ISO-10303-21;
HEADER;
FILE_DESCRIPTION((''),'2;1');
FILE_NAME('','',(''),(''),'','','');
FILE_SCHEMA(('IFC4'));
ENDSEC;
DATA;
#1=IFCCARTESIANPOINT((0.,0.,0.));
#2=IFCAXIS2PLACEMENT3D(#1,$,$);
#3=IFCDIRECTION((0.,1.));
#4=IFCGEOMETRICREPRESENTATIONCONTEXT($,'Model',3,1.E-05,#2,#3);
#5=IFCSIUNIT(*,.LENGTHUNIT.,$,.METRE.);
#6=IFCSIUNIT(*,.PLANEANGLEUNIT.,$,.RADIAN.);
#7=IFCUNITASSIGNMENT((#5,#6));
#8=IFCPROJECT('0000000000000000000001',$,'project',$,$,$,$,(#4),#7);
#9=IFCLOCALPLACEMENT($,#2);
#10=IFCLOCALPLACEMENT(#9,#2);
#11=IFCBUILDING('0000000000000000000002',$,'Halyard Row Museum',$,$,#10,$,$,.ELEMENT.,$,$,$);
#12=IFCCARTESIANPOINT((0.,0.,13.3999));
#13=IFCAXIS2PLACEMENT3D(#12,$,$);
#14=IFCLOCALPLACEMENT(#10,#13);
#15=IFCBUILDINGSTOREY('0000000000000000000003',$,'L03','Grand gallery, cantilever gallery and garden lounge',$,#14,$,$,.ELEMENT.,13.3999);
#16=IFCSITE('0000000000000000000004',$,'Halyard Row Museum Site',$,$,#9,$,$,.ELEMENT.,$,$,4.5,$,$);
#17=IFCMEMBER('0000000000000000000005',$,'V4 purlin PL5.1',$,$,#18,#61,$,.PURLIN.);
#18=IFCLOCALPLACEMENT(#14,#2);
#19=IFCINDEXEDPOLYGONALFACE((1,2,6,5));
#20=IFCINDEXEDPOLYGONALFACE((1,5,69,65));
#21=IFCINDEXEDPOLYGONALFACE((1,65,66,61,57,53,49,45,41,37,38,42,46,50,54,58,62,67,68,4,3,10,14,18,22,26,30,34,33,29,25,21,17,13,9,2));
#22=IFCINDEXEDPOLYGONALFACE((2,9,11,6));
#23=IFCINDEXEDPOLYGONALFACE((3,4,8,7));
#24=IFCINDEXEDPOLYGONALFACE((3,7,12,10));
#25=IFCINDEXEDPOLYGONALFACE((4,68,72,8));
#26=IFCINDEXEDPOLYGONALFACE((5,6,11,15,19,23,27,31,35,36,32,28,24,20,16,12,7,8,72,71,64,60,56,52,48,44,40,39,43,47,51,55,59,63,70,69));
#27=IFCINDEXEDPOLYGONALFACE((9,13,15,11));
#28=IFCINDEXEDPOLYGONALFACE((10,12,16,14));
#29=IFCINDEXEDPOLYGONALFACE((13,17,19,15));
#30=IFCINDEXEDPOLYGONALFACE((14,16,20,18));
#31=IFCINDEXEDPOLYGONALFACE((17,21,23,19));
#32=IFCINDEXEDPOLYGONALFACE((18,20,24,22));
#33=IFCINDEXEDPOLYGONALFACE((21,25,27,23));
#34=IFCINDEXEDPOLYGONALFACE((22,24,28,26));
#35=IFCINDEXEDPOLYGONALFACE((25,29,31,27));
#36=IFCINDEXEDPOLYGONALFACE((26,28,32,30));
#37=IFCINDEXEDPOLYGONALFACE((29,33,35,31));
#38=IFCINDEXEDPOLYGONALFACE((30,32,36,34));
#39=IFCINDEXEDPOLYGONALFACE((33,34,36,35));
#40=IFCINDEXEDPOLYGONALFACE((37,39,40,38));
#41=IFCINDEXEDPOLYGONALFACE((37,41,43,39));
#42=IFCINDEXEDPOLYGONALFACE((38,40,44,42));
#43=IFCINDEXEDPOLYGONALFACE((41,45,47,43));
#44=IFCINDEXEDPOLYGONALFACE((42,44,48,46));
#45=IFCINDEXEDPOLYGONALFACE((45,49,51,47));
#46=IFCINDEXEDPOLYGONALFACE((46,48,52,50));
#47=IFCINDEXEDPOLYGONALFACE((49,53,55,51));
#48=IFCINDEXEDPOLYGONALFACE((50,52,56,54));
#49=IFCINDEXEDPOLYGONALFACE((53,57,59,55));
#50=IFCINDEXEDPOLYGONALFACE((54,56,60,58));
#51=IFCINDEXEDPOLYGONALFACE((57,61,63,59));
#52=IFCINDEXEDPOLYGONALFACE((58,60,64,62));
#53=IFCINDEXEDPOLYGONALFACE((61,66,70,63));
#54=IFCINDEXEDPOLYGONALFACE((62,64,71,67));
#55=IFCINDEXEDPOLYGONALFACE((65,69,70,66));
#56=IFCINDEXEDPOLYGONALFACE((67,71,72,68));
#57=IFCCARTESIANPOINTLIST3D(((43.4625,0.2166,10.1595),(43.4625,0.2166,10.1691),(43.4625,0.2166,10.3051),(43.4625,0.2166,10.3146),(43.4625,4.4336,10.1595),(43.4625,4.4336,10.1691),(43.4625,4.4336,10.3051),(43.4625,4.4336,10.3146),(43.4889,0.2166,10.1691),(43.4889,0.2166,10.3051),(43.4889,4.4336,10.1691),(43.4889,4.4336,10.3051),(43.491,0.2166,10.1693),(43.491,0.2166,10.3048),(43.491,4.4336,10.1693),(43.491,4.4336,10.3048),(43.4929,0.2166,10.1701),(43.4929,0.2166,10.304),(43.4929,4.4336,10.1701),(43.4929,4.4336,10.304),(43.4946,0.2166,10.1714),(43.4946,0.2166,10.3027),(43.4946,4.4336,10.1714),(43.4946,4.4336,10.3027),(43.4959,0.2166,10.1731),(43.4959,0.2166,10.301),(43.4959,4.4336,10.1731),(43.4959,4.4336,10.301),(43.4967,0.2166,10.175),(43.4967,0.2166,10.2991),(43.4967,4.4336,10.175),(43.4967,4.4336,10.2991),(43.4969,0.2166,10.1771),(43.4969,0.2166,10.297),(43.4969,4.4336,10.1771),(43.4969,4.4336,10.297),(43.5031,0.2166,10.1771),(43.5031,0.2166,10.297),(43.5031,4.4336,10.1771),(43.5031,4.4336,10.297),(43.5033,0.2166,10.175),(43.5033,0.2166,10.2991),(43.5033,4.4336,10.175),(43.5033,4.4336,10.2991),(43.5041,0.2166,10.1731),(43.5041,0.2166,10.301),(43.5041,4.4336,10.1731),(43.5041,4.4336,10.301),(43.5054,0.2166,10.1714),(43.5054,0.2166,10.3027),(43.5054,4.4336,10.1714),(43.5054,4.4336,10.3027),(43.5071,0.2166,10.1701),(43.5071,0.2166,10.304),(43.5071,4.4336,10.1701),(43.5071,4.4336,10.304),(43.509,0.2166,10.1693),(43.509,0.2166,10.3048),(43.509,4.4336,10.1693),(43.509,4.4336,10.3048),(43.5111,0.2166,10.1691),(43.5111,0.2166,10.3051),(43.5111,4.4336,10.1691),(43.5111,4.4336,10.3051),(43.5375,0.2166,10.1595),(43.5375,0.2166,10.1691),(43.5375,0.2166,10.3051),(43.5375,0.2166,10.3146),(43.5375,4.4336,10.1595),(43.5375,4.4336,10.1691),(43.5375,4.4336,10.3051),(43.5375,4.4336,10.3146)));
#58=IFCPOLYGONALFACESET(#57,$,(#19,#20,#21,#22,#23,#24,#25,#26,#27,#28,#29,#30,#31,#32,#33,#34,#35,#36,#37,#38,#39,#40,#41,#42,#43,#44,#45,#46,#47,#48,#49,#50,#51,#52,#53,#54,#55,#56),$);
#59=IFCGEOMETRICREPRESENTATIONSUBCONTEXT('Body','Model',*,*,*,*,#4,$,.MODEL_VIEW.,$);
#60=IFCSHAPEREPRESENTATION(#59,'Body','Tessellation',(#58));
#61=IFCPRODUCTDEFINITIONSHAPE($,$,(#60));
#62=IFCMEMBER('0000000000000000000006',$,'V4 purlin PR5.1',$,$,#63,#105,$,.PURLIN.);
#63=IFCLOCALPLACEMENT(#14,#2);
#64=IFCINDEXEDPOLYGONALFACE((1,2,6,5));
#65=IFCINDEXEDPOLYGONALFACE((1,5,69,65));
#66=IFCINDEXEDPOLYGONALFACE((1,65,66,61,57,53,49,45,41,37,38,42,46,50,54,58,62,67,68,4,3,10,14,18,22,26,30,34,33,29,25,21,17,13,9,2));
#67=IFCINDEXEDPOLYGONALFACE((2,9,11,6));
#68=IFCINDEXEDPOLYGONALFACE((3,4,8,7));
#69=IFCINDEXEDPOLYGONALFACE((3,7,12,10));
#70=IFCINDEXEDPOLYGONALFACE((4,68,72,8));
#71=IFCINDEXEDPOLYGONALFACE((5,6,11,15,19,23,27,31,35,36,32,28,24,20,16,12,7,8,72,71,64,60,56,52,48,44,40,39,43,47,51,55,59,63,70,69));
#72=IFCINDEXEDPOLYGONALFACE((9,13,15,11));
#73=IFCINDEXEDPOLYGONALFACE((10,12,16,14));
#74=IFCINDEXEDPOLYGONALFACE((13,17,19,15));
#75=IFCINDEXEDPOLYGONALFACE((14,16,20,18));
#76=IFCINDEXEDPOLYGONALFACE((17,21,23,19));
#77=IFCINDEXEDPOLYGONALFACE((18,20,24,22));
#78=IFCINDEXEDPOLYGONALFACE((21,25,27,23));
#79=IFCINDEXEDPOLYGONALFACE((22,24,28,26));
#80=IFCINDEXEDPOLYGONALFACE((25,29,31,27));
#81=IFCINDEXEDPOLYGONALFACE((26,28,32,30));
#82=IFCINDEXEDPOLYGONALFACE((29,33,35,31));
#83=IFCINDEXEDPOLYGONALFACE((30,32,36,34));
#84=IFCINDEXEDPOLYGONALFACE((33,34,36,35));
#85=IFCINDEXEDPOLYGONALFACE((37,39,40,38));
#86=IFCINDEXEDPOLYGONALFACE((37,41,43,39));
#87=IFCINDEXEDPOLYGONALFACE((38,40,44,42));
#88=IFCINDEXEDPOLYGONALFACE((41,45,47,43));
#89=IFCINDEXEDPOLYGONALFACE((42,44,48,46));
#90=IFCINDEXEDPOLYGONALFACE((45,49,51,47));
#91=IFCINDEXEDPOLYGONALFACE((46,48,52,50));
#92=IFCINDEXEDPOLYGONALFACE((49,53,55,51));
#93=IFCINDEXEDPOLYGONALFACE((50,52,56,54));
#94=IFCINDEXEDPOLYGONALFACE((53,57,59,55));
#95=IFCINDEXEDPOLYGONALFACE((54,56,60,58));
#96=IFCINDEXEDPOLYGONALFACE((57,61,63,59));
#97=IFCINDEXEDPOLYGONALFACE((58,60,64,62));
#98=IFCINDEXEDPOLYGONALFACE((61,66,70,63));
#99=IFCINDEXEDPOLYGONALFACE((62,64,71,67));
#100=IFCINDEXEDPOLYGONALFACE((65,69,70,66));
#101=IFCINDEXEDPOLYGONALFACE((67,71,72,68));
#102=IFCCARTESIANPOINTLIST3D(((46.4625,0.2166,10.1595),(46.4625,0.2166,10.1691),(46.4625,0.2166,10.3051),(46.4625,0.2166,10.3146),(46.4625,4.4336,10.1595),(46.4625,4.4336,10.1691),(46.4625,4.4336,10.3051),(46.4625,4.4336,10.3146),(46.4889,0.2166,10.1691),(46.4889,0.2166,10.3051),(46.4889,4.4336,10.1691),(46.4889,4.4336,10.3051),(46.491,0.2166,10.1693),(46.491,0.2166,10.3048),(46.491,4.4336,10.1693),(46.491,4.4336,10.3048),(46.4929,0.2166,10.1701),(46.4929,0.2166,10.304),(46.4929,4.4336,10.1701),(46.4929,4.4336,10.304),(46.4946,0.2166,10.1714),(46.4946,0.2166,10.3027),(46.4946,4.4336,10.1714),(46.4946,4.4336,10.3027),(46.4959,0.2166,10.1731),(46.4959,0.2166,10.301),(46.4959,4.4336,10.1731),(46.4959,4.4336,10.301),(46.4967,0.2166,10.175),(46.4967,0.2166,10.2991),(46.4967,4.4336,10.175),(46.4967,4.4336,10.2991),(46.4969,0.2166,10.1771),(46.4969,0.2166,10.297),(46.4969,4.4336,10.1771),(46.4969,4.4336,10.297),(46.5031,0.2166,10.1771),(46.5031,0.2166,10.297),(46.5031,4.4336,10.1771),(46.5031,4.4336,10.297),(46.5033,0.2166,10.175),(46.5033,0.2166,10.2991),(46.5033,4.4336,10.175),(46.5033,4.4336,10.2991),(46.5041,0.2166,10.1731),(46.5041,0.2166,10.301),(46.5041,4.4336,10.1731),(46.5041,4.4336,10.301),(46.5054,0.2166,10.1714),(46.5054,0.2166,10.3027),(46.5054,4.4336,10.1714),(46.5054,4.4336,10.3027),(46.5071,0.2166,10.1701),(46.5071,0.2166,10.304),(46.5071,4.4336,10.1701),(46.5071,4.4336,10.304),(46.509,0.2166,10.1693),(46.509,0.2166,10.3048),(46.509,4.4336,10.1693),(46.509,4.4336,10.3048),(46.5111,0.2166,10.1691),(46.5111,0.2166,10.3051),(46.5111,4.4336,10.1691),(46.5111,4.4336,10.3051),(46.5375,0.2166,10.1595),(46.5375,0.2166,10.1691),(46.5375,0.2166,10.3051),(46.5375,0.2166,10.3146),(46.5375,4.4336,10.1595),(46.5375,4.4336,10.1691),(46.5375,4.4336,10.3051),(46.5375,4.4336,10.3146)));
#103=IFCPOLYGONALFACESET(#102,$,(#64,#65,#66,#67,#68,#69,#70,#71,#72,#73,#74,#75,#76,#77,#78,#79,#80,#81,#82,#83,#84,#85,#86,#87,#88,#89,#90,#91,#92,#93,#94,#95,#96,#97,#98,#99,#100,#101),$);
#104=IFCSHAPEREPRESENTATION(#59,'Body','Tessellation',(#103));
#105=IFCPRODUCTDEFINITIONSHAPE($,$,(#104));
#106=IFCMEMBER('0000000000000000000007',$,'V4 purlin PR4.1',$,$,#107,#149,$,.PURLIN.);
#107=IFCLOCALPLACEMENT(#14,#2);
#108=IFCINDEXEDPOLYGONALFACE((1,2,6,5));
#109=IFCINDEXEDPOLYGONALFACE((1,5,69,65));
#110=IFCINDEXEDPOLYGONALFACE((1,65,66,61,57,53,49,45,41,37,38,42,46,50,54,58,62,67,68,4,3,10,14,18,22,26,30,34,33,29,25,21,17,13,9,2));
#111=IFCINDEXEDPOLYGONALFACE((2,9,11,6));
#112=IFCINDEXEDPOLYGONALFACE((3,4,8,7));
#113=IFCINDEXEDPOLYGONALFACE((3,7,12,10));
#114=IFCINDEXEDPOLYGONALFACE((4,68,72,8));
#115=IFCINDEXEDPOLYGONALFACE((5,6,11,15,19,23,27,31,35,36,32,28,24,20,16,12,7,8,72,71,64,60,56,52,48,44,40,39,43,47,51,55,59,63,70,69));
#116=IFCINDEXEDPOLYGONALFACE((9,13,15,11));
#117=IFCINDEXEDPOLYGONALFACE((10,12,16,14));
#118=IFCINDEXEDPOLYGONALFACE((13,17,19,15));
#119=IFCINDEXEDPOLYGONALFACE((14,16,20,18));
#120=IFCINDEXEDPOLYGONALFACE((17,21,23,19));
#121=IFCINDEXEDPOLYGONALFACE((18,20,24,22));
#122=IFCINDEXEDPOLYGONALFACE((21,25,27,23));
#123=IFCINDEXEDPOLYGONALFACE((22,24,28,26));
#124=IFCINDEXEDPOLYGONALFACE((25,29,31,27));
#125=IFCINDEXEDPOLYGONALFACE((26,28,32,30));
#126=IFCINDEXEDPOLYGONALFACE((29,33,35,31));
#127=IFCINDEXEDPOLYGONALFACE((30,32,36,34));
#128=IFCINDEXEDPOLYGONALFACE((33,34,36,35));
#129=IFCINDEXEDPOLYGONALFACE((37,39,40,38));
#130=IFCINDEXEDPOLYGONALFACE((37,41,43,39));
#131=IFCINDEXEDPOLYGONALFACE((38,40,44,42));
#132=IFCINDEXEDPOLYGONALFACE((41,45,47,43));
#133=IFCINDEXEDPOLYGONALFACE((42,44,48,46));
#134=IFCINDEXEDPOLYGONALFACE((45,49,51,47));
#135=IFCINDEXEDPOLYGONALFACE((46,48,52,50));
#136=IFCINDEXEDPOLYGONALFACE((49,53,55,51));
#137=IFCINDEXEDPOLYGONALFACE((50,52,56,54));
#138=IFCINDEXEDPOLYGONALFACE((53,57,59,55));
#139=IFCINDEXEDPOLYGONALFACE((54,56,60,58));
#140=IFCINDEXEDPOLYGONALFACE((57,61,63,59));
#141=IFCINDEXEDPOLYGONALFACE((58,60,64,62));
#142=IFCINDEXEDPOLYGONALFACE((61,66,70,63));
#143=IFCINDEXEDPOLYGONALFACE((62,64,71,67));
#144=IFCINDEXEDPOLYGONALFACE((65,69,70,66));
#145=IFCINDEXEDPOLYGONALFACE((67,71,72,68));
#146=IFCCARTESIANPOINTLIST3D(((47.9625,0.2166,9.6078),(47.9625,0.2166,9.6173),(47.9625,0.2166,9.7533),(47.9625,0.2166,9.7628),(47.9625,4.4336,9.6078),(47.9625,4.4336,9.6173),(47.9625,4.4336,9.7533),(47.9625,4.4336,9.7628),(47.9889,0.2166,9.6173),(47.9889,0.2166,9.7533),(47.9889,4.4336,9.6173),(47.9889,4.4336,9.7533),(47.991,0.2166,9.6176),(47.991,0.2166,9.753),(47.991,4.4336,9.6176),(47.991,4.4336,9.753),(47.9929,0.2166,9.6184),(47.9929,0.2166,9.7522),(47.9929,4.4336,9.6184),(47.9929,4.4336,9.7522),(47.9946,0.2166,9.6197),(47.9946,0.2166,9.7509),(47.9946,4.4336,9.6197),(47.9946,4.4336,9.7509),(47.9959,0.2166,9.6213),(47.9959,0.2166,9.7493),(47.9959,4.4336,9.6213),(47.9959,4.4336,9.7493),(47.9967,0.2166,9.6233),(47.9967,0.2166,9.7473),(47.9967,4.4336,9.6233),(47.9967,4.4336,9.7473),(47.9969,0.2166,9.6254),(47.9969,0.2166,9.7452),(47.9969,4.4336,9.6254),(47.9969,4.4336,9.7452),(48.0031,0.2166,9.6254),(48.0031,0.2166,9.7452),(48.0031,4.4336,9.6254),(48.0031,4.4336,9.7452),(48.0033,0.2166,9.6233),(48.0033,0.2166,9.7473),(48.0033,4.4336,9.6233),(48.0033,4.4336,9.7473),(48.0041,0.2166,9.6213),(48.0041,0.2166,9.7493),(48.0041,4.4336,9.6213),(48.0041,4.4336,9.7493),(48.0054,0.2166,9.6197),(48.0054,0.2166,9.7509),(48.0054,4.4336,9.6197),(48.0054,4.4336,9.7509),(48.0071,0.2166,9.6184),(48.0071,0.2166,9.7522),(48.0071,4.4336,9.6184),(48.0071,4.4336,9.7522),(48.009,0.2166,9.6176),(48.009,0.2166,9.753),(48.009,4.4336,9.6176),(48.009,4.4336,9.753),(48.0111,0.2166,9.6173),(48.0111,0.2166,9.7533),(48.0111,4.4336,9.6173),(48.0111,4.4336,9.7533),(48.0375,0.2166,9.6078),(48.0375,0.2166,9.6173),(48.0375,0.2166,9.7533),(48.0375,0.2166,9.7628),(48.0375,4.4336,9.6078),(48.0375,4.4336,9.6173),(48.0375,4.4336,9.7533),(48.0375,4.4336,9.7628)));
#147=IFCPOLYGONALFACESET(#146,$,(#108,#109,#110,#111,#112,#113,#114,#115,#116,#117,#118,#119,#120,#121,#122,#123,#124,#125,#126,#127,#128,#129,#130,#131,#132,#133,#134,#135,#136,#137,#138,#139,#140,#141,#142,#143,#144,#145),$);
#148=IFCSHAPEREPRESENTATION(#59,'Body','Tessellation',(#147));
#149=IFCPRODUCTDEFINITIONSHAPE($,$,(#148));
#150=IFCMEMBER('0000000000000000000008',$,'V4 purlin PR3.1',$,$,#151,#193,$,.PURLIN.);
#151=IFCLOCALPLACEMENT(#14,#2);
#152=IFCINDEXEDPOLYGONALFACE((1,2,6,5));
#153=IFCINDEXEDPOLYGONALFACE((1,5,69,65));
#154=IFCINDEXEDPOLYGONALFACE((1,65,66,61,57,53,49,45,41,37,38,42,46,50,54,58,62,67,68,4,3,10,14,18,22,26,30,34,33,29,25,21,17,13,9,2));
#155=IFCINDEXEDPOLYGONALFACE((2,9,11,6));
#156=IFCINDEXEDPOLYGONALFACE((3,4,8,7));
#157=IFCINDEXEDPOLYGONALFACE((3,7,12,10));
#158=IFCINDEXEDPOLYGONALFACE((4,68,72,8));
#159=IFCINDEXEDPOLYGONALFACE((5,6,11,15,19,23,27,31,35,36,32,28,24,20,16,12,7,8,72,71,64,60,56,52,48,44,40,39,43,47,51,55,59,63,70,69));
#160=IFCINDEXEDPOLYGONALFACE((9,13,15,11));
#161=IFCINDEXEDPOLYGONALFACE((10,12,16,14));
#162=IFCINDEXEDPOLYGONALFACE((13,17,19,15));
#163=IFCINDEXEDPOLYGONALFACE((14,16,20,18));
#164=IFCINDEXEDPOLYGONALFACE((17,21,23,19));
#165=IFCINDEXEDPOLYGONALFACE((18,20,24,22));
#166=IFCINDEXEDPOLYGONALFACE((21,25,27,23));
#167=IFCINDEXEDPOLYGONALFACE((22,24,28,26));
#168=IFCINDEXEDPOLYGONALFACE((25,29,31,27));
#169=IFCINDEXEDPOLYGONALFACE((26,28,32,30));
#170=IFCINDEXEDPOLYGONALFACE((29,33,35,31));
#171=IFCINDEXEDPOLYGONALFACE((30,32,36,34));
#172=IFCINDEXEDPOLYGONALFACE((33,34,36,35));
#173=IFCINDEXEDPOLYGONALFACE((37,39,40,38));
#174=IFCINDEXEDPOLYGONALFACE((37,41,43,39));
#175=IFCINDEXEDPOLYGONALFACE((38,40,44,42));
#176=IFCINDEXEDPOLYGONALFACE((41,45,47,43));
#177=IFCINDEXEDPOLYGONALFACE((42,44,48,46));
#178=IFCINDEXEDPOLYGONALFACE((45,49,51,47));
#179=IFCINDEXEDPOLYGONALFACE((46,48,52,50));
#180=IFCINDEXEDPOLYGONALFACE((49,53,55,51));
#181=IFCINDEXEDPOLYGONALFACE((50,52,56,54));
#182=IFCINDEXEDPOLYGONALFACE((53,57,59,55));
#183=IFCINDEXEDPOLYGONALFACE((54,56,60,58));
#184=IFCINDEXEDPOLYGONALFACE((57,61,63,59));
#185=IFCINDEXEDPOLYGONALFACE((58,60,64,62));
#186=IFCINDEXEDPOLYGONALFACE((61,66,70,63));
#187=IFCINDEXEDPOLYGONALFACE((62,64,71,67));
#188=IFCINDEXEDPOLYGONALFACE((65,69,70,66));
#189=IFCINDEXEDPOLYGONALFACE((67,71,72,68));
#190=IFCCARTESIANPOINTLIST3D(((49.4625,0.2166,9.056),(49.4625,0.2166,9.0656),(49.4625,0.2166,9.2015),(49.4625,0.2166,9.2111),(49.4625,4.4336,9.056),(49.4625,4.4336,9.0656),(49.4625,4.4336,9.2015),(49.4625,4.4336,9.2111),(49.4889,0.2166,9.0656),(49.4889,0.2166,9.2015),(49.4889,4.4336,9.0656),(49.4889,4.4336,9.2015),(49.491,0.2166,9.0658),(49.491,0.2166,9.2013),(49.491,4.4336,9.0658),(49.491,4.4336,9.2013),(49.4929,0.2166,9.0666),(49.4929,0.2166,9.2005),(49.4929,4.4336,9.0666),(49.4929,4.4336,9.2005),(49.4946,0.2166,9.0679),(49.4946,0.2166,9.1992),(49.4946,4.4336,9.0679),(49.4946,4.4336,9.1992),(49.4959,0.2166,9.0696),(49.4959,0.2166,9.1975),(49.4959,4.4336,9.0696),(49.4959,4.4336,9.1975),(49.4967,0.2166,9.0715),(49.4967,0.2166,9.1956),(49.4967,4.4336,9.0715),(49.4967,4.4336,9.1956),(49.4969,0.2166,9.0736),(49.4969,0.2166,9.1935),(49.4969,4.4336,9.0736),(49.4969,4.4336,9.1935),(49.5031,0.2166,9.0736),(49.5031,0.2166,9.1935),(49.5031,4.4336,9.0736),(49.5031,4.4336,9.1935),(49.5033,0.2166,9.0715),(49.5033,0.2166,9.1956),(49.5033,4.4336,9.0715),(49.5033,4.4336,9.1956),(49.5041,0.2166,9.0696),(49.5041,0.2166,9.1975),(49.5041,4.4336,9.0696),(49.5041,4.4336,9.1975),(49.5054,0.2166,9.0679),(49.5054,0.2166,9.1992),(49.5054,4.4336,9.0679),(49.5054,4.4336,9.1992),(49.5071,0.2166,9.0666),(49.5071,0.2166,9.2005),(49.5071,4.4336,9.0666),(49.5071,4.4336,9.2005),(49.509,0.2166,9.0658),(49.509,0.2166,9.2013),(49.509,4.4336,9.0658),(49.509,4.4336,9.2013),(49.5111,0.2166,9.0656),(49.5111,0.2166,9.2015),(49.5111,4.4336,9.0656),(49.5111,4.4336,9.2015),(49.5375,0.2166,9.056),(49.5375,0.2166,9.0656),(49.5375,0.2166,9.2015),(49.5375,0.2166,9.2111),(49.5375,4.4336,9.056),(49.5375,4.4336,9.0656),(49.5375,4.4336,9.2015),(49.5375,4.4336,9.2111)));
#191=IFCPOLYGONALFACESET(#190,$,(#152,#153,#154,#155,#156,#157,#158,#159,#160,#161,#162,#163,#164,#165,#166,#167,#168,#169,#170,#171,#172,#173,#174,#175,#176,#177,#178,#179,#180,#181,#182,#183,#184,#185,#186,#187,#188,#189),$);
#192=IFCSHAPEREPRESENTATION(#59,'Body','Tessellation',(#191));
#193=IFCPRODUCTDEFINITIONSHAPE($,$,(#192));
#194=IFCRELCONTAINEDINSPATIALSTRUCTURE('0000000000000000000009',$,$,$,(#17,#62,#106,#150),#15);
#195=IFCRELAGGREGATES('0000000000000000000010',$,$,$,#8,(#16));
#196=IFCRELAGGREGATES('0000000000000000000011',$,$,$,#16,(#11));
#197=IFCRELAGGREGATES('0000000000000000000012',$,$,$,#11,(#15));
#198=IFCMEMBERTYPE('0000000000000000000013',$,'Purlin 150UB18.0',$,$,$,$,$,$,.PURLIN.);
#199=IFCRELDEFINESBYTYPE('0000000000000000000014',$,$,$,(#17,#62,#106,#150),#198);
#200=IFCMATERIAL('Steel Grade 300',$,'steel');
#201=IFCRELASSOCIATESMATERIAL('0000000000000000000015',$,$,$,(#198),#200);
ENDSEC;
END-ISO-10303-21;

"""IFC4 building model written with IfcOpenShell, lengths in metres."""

from ifc_helpers import new_model, si_unit, direction, frame, origin, origin_2d, place, context, subcontext, project, spatial, i_section, extrude, material, material_profile, profile_set, type_object, element, save


model = new_model("IFC4")

# Units and contexts
model_context = context("Model", 3, precision=1e-05, world=origin(), true_north=direction((0.0, 1.0)))
body_context = subcontext(model_context, "Body", "Model", "MODEL_VIEW")
ifc_project = project(units=[si_unit("LENGTHUNIT", "METRE"), si_unit("PLANEANGLEUNIT", "RADIAN")], contexts=[model_context])

# Site, building, storey
site_placement = place(None, origin())
site = spatial("IfcSite", under=ifc_project, at=site_placement, Name="Halyard Row Museum Site", CompositionType="ELEMENT", RefElevation=4.5)
building_placement = place(site_placement, origin())
building = spatial("IfcBuilding", under=site, at=building_placement, Name="Halyard Row Museum", CompositionType="ELEMENT")
storey_placement = place(building_placement, frame((0.0, 0.0, 13.3999)))
storey = spatial("IfcBuildingStorey", under=building, at=storey_placement, Name="L03", Description="Grand gallery, cantilever gallery and garden lounge", CompositionType="ELEMENT", Elevation=13.3999)

# Members
ifc_material_1 = material(Name="Steel Grade 300", Category="steel")
ifc_material_profile_1 = material_profile(ifc_material_1, i_section(OverallWidth=0.075, OverallDepth=0.155, WebThickness=0.0061, FlangeThickness=0.0095, FilletRadius=0.0081, at=origin_2d()), Name="150UB18.0")
ifc_profile_set_1 = profile_set([ifc_material_profile_1], Name="Steel Grade 300")
member_type_1 = type_object("IfcMemberType", Name="Purlin 150UB18.0", PredefinedType="PURLIN", material=ifc_profile_set_1)
for number, where, z_axis, x_axis, name in (
    (1, (43.5, 0.2166, 10.2371), (0.0, 1.0, 0.0), (-1.0, 0.0, 0.0), "V4 purlin PL5.1"),
    (2, (46.5, 0.2166, 10.2371), (0.0, 1.0, 0.0), (-1.0, 0.0, 0.0), "V4 purlin PR5.1"),
    (3, (48.0, 0.2166, 9.6853), (0.0, 1.0, 0.0), (-1.0, 0.0, 0.0), "V4 purlin PR4.1"),
    (4, (49.5, 0.2166, 9.1335), (0.0, 1.0, 0.0), (-1.0, 0.0, 0.0), "V4 purlin PR3.1"),
):
    element("IfcMember", number, at=place(storey_placement, frame(where, z_axis=z_axis, x_axis=x_axis)), inside=storey, type_object=member_type_1, Name=name, PredefinedType="PURLIN", context=body_context, shape_type="SweptSolid", body=[
        extrude(i_section(OverallWidth=0.075, OverallDepth=0.155, WebThickness=0.0061, FlangeThickness=0.0095, FilletRadius=0.0081, at=origin_2d()), origin(), (0.0, 0.0, 1.0), 4.217),
    ])

save(model, "model.ifc")
